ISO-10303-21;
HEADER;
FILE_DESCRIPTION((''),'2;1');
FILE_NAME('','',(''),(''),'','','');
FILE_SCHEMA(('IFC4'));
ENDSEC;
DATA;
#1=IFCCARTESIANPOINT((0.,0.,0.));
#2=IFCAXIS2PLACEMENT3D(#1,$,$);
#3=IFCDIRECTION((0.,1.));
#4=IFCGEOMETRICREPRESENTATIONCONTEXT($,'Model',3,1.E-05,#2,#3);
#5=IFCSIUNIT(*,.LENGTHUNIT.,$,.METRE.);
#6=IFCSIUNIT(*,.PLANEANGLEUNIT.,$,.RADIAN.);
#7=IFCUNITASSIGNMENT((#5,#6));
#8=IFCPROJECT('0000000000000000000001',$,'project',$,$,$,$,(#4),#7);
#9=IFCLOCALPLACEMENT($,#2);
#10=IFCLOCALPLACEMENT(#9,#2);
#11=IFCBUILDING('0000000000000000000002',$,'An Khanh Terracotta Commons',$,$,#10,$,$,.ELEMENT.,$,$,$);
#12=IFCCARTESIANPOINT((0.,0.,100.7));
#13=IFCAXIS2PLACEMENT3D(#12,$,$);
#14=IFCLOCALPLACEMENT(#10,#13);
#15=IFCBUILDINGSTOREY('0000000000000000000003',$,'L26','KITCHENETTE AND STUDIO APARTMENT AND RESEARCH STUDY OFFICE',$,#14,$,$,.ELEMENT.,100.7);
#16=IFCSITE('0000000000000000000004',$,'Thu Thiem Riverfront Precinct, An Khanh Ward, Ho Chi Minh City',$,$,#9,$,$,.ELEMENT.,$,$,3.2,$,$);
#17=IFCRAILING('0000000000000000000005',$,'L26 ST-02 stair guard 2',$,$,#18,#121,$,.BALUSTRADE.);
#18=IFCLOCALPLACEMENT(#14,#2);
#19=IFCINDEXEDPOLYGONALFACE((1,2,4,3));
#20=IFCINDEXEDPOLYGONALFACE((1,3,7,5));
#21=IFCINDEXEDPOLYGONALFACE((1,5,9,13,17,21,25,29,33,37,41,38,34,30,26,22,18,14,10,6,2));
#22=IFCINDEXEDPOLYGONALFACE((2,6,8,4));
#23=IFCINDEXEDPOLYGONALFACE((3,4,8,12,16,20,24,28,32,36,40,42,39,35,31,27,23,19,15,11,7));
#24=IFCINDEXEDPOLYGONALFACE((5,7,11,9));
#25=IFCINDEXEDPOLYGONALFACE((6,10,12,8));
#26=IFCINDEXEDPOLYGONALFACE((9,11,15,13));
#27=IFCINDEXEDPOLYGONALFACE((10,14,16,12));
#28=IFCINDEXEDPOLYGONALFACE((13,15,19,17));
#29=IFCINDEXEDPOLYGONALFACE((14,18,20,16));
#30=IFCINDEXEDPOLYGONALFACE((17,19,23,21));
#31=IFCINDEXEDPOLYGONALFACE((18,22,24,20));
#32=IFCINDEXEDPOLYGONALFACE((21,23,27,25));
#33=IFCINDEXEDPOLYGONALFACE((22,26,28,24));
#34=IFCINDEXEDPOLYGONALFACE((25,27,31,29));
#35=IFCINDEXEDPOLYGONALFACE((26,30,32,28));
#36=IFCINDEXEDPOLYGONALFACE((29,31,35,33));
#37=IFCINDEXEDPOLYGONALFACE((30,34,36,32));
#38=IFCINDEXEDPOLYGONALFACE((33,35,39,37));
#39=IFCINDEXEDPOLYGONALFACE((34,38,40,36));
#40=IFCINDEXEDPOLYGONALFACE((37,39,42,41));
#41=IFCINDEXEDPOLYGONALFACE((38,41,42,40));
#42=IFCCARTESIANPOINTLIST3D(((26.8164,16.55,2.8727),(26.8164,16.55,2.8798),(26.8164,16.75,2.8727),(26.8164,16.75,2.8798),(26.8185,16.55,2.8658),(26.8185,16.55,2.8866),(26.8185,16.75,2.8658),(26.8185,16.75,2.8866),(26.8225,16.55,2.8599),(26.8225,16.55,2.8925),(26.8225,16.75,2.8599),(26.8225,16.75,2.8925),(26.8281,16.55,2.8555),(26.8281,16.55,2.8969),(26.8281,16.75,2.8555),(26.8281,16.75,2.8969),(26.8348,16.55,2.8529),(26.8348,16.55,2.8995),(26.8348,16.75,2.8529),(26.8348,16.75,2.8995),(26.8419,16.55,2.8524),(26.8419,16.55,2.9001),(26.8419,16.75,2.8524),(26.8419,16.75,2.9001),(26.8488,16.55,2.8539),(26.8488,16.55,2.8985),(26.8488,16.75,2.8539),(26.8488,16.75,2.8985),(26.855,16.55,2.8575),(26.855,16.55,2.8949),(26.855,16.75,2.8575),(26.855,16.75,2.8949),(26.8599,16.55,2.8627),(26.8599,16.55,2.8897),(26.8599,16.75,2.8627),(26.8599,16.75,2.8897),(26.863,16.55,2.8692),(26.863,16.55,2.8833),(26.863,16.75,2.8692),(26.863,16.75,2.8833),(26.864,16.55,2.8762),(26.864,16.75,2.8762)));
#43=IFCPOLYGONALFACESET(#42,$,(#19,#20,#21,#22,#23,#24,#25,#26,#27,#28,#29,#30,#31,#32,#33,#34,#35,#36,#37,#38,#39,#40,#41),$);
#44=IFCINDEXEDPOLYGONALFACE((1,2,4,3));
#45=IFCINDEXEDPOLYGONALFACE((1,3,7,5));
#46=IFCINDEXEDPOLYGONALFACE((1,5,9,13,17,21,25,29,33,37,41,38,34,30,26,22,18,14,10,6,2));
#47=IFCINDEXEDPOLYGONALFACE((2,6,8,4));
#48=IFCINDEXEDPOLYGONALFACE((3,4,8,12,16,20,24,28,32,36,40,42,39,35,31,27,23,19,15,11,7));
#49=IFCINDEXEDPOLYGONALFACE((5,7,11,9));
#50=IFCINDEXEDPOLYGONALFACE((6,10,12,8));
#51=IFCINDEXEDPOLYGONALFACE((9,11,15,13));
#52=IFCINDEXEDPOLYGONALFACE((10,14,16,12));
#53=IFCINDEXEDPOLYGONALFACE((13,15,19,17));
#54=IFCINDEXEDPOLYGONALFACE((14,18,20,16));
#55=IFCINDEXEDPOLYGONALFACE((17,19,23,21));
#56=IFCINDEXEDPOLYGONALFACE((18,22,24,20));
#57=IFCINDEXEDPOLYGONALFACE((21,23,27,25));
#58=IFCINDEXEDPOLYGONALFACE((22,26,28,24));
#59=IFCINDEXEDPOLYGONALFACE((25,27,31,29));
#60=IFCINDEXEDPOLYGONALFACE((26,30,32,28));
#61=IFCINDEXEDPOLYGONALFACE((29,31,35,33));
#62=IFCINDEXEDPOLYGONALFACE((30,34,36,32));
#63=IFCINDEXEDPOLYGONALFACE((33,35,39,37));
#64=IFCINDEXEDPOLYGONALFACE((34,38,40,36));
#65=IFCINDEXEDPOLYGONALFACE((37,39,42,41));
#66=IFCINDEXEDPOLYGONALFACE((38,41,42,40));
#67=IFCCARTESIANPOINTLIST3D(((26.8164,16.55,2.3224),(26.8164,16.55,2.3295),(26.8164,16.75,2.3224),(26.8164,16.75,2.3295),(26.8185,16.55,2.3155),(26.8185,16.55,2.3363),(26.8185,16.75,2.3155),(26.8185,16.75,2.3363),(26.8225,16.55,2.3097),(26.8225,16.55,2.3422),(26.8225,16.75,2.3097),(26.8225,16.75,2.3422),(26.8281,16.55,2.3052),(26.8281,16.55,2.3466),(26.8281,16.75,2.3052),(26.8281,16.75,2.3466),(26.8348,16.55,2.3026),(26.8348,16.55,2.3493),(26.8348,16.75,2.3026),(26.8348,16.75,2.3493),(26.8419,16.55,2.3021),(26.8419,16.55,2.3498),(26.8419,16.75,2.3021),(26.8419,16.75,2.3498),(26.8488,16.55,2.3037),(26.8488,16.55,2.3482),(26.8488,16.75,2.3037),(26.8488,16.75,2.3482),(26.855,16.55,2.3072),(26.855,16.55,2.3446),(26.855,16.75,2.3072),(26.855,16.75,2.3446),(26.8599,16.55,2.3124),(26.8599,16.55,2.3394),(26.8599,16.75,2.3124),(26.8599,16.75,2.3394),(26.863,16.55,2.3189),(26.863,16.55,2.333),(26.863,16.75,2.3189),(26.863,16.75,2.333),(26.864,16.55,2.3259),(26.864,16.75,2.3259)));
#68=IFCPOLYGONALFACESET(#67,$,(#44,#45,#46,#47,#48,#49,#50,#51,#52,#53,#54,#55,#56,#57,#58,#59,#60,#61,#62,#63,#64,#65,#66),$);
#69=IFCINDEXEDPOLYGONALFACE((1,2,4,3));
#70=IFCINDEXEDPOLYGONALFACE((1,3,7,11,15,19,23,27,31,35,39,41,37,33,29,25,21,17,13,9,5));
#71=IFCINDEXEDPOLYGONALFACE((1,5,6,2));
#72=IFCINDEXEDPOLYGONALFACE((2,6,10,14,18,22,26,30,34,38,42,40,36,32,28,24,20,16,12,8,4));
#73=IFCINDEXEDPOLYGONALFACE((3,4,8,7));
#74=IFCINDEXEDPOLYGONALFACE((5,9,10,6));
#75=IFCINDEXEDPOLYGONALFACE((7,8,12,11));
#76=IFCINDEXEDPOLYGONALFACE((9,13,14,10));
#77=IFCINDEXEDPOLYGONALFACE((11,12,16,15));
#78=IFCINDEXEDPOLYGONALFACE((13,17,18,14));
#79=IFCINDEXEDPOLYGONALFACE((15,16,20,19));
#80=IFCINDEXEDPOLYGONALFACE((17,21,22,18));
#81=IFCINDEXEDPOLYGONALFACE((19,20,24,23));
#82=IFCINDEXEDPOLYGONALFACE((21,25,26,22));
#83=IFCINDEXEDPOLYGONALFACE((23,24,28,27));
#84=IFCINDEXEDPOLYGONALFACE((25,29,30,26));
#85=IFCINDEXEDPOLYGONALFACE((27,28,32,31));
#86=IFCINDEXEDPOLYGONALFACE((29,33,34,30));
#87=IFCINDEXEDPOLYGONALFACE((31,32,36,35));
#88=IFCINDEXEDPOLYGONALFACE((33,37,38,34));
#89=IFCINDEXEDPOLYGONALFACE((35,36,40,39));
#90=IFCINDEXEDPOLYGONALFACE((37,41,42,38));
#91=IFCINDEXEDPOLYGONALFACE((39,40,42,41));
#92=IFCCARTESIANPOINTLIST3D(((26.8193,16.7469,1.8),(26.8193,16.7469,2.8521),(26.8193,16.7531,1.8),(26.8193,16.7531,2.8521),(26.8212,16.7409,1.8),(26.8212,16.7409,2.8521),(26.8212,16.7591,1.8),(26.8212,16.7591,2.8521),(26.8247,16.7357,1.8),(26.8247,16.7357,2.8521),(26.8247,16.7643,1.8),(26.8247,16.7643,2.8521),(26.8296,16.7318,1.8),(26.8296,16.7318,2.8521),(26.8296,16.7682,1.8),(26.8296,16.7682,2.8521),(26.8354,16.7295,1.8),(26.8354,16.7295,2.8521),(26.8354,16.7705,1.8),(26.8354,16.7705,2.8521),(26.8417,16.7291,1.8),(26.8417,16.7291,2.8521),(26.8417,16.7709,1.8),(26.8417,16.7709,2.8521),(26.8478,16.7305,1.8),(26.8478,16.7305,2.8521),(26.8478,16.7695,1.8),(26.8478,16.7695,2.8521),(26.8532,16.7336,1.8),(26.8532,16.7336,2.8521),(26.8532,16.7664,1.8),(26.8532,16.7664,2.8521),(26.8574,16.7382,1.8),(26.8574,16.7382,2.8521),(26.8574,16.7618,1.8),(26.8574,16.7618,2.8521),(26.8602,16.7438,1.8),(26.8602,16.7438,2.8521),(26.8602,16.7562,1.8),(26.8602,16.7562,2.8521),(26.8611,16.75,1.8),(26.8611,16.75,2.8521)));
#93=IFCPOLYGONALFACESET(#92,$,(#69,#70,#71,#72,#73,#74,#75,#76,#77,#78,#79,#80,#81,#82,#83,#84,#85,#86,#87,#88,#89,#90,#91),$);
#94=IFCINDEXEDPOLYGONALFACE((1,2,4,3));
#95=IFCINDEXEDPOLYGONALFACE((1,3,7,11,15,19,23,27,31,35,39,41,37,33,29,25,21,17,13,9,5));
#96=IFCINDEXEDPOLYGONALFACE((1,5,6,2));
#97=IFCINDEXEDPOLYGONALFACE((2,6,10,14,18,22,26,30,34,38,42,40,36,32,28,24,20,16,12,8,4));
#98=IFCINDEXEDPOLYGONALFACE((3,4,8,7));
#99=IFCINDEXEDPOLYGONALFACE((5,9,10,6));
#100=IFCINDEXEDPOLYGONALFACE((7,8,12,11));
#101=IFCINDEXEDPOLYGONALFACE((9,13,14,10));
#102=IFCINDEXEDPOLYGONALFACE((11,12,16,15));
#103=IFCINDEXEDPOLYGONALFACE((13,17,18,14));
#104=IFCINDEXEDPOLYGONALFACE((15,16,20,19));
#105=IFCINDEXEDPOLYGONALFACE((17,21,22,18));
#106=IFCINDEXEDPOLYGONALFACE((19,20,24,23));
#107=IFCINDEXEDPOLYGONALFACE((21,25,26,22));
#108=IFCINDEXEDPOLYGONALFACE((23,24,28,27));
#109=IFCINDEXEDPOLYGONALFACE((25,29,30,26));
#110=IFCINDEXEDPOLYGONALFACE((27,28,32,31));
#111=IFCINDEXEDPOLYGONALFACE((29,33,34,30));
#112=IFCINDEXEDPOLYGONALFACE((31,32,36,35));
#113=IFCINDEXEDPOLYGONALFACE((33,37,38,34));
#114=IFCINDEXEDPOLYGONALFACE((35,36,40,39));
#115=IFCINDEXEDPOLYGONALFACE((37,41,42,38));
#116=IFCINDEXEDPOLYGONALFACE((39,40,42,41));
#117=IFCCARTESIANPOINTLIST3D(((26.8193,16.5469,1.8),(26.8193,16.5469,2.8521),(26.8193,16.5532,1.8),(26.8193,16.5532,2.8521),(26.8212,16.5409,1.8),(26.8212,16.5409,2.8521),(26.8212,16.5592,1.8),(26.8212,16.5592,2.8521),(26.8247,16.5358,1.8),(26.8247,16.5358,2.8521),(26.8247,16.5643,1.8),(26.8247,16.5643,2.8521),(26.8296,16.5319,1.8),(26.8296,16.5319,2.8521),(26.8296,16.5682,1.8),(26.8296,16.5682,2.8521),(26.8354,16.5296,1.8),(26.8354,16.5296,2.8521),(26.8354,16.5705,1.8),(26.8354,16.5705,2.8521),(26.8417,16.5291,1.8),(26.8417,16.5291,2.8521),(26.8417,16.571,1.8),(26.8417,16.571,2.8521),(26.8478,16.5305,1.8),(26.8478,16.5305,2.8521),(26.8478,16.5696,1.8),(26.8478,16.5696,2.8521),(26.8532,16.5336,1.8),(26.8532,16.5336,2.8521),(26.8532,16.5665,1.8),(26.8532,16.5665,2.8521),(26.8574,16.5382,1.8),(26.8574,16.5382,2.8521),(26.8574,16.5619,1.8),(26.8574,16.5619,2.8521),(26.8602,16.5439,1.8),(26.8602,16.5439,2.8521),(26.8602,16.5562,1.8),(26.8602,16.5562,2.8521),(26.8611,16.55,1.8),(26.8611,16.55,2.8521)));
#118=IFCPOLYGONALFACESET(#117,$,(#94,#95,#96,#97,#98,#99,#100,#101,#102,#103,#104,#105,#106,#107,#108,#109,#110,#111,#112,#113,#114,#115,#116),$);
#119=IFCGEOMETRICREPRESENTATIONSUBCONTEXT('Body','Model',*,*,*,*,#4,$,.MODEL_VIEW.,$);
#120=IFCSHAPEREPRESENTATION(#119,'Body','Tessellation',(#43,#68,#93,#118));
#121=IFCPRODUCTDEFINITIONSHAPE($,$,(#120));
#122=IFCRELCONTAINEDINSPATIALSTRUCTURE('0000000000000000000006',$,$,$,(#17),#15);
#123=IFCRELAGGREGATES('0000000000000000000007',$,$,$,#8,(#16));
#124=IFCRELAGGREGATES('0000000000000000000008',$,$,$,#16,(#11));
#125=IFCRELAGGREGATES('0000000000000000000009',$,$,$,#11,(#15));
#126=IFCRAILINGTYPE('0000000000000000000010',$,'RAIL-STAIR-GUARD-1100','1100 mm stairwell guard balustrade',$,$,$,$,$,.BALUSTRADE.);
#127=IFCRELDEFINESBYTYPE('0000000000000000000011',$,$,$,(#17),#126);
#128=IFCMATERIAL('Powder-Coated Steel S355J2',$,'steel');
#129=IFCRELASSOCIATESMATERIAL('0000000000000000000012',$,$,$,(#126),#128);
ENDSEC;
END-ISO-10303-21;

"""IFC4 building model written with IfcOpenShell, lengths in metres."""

from ifc_helpers import new_model, si_unit, direction, frame, origin, origin_2d, place, context, subcontext, project, spatial, circle, extrude, material, type_object, element, save


model = new_model("IFC4")

# Units and contexts
model_context = context("Model", 3, precision=1e-05, world=origin(), true_north=direction((0.0, 1.0)))
body_context = subcontext(model_context, "Body", "Model", "MODEL_VIEW")
ifc_project = project(units=[si_unit("LENGTHUNIT", "METRE"), si_unit("PLANEANGLEUNIT", "RADIAN")], contexts=[model_context])

# Site, building, storey
site_placement = place(None, origin())
site = spatial("IfcSite", under=ifc_project, at=site_placement, Name="Thu Thiem Riverfront Precinct, An Khanh Ward, Ho Chi Minh City", CompositionType="ELEMENT", RefElevation=3.2)
building_placement = place(site_placement, origin())
building = spatial("IfcBuilding", under=site, at=building_placement, Name="An Khanh Terracotta Commons", CompositionType="ELEMENT")
storey_placement = place(building_placement, frame((0.0, 0.0, 100.7)))
storey = spatial("IfcBuildingStorey", under=building, at=storey_placement, Name="L26", Description="KITCHENETTE AND STUDIO APARTMENT AND RESEARCH STUDY OFFICE", CompositionType="ELEMENT", Elevation=100.7)

# Railing
ifc_material_1 = material(Name="Powder-Coated Steel S355J2", Category="steel")
railing_type_1 = type_object("IfcRailingType", Name="RAIL-STAIR-GUARD-1100", Description="1100 mm stairwell guard balustrade", PredefinedType="BALUSTRADE", material=ifc_material_1)
railing_1_placement = place(storey_placement, frame((26.8401, 16.75, 1.8)))
element("IfcRailing", 1, at=railing_1_placement, inside=storey, type_object=railing_type_1, Name="L26 ST-02 stair guard 2", PredefinedType="BALUSTRADE", context=body_context, shape_type="SweptSolid", body=[
    extrude(circle(Radius=0.0239, at=origin_2d()), frame((0.0, 0.0, 1.0762), z_axis=(0.0, -1.0, 0.0), x_axis=(1.0, 0.0, 0.0)), (0.0, 0.0, 1.0), 0.2),
    extrude(circle(Radius=0.0239, at=origin_2d()), frame((0.0, 0.0, 0.5259), z_axis=(0.0, -1.0, 0.0), x_axis=(1.0, 0.0, 0.0)), (0.0, 0.0, 1.0), 0.2),
    extrude(circle(Radius=0.021, at=origin_2d()), origin(), (0.0, 0.0, 1.0), 1.052),
    extrude(circle(Radius=0.021, at=origin_2d()), frame((0.0, -0.2, 0.0)), (0.0, 0.0, 1.0), 1.052),
])

save(model, "model.ifc")
